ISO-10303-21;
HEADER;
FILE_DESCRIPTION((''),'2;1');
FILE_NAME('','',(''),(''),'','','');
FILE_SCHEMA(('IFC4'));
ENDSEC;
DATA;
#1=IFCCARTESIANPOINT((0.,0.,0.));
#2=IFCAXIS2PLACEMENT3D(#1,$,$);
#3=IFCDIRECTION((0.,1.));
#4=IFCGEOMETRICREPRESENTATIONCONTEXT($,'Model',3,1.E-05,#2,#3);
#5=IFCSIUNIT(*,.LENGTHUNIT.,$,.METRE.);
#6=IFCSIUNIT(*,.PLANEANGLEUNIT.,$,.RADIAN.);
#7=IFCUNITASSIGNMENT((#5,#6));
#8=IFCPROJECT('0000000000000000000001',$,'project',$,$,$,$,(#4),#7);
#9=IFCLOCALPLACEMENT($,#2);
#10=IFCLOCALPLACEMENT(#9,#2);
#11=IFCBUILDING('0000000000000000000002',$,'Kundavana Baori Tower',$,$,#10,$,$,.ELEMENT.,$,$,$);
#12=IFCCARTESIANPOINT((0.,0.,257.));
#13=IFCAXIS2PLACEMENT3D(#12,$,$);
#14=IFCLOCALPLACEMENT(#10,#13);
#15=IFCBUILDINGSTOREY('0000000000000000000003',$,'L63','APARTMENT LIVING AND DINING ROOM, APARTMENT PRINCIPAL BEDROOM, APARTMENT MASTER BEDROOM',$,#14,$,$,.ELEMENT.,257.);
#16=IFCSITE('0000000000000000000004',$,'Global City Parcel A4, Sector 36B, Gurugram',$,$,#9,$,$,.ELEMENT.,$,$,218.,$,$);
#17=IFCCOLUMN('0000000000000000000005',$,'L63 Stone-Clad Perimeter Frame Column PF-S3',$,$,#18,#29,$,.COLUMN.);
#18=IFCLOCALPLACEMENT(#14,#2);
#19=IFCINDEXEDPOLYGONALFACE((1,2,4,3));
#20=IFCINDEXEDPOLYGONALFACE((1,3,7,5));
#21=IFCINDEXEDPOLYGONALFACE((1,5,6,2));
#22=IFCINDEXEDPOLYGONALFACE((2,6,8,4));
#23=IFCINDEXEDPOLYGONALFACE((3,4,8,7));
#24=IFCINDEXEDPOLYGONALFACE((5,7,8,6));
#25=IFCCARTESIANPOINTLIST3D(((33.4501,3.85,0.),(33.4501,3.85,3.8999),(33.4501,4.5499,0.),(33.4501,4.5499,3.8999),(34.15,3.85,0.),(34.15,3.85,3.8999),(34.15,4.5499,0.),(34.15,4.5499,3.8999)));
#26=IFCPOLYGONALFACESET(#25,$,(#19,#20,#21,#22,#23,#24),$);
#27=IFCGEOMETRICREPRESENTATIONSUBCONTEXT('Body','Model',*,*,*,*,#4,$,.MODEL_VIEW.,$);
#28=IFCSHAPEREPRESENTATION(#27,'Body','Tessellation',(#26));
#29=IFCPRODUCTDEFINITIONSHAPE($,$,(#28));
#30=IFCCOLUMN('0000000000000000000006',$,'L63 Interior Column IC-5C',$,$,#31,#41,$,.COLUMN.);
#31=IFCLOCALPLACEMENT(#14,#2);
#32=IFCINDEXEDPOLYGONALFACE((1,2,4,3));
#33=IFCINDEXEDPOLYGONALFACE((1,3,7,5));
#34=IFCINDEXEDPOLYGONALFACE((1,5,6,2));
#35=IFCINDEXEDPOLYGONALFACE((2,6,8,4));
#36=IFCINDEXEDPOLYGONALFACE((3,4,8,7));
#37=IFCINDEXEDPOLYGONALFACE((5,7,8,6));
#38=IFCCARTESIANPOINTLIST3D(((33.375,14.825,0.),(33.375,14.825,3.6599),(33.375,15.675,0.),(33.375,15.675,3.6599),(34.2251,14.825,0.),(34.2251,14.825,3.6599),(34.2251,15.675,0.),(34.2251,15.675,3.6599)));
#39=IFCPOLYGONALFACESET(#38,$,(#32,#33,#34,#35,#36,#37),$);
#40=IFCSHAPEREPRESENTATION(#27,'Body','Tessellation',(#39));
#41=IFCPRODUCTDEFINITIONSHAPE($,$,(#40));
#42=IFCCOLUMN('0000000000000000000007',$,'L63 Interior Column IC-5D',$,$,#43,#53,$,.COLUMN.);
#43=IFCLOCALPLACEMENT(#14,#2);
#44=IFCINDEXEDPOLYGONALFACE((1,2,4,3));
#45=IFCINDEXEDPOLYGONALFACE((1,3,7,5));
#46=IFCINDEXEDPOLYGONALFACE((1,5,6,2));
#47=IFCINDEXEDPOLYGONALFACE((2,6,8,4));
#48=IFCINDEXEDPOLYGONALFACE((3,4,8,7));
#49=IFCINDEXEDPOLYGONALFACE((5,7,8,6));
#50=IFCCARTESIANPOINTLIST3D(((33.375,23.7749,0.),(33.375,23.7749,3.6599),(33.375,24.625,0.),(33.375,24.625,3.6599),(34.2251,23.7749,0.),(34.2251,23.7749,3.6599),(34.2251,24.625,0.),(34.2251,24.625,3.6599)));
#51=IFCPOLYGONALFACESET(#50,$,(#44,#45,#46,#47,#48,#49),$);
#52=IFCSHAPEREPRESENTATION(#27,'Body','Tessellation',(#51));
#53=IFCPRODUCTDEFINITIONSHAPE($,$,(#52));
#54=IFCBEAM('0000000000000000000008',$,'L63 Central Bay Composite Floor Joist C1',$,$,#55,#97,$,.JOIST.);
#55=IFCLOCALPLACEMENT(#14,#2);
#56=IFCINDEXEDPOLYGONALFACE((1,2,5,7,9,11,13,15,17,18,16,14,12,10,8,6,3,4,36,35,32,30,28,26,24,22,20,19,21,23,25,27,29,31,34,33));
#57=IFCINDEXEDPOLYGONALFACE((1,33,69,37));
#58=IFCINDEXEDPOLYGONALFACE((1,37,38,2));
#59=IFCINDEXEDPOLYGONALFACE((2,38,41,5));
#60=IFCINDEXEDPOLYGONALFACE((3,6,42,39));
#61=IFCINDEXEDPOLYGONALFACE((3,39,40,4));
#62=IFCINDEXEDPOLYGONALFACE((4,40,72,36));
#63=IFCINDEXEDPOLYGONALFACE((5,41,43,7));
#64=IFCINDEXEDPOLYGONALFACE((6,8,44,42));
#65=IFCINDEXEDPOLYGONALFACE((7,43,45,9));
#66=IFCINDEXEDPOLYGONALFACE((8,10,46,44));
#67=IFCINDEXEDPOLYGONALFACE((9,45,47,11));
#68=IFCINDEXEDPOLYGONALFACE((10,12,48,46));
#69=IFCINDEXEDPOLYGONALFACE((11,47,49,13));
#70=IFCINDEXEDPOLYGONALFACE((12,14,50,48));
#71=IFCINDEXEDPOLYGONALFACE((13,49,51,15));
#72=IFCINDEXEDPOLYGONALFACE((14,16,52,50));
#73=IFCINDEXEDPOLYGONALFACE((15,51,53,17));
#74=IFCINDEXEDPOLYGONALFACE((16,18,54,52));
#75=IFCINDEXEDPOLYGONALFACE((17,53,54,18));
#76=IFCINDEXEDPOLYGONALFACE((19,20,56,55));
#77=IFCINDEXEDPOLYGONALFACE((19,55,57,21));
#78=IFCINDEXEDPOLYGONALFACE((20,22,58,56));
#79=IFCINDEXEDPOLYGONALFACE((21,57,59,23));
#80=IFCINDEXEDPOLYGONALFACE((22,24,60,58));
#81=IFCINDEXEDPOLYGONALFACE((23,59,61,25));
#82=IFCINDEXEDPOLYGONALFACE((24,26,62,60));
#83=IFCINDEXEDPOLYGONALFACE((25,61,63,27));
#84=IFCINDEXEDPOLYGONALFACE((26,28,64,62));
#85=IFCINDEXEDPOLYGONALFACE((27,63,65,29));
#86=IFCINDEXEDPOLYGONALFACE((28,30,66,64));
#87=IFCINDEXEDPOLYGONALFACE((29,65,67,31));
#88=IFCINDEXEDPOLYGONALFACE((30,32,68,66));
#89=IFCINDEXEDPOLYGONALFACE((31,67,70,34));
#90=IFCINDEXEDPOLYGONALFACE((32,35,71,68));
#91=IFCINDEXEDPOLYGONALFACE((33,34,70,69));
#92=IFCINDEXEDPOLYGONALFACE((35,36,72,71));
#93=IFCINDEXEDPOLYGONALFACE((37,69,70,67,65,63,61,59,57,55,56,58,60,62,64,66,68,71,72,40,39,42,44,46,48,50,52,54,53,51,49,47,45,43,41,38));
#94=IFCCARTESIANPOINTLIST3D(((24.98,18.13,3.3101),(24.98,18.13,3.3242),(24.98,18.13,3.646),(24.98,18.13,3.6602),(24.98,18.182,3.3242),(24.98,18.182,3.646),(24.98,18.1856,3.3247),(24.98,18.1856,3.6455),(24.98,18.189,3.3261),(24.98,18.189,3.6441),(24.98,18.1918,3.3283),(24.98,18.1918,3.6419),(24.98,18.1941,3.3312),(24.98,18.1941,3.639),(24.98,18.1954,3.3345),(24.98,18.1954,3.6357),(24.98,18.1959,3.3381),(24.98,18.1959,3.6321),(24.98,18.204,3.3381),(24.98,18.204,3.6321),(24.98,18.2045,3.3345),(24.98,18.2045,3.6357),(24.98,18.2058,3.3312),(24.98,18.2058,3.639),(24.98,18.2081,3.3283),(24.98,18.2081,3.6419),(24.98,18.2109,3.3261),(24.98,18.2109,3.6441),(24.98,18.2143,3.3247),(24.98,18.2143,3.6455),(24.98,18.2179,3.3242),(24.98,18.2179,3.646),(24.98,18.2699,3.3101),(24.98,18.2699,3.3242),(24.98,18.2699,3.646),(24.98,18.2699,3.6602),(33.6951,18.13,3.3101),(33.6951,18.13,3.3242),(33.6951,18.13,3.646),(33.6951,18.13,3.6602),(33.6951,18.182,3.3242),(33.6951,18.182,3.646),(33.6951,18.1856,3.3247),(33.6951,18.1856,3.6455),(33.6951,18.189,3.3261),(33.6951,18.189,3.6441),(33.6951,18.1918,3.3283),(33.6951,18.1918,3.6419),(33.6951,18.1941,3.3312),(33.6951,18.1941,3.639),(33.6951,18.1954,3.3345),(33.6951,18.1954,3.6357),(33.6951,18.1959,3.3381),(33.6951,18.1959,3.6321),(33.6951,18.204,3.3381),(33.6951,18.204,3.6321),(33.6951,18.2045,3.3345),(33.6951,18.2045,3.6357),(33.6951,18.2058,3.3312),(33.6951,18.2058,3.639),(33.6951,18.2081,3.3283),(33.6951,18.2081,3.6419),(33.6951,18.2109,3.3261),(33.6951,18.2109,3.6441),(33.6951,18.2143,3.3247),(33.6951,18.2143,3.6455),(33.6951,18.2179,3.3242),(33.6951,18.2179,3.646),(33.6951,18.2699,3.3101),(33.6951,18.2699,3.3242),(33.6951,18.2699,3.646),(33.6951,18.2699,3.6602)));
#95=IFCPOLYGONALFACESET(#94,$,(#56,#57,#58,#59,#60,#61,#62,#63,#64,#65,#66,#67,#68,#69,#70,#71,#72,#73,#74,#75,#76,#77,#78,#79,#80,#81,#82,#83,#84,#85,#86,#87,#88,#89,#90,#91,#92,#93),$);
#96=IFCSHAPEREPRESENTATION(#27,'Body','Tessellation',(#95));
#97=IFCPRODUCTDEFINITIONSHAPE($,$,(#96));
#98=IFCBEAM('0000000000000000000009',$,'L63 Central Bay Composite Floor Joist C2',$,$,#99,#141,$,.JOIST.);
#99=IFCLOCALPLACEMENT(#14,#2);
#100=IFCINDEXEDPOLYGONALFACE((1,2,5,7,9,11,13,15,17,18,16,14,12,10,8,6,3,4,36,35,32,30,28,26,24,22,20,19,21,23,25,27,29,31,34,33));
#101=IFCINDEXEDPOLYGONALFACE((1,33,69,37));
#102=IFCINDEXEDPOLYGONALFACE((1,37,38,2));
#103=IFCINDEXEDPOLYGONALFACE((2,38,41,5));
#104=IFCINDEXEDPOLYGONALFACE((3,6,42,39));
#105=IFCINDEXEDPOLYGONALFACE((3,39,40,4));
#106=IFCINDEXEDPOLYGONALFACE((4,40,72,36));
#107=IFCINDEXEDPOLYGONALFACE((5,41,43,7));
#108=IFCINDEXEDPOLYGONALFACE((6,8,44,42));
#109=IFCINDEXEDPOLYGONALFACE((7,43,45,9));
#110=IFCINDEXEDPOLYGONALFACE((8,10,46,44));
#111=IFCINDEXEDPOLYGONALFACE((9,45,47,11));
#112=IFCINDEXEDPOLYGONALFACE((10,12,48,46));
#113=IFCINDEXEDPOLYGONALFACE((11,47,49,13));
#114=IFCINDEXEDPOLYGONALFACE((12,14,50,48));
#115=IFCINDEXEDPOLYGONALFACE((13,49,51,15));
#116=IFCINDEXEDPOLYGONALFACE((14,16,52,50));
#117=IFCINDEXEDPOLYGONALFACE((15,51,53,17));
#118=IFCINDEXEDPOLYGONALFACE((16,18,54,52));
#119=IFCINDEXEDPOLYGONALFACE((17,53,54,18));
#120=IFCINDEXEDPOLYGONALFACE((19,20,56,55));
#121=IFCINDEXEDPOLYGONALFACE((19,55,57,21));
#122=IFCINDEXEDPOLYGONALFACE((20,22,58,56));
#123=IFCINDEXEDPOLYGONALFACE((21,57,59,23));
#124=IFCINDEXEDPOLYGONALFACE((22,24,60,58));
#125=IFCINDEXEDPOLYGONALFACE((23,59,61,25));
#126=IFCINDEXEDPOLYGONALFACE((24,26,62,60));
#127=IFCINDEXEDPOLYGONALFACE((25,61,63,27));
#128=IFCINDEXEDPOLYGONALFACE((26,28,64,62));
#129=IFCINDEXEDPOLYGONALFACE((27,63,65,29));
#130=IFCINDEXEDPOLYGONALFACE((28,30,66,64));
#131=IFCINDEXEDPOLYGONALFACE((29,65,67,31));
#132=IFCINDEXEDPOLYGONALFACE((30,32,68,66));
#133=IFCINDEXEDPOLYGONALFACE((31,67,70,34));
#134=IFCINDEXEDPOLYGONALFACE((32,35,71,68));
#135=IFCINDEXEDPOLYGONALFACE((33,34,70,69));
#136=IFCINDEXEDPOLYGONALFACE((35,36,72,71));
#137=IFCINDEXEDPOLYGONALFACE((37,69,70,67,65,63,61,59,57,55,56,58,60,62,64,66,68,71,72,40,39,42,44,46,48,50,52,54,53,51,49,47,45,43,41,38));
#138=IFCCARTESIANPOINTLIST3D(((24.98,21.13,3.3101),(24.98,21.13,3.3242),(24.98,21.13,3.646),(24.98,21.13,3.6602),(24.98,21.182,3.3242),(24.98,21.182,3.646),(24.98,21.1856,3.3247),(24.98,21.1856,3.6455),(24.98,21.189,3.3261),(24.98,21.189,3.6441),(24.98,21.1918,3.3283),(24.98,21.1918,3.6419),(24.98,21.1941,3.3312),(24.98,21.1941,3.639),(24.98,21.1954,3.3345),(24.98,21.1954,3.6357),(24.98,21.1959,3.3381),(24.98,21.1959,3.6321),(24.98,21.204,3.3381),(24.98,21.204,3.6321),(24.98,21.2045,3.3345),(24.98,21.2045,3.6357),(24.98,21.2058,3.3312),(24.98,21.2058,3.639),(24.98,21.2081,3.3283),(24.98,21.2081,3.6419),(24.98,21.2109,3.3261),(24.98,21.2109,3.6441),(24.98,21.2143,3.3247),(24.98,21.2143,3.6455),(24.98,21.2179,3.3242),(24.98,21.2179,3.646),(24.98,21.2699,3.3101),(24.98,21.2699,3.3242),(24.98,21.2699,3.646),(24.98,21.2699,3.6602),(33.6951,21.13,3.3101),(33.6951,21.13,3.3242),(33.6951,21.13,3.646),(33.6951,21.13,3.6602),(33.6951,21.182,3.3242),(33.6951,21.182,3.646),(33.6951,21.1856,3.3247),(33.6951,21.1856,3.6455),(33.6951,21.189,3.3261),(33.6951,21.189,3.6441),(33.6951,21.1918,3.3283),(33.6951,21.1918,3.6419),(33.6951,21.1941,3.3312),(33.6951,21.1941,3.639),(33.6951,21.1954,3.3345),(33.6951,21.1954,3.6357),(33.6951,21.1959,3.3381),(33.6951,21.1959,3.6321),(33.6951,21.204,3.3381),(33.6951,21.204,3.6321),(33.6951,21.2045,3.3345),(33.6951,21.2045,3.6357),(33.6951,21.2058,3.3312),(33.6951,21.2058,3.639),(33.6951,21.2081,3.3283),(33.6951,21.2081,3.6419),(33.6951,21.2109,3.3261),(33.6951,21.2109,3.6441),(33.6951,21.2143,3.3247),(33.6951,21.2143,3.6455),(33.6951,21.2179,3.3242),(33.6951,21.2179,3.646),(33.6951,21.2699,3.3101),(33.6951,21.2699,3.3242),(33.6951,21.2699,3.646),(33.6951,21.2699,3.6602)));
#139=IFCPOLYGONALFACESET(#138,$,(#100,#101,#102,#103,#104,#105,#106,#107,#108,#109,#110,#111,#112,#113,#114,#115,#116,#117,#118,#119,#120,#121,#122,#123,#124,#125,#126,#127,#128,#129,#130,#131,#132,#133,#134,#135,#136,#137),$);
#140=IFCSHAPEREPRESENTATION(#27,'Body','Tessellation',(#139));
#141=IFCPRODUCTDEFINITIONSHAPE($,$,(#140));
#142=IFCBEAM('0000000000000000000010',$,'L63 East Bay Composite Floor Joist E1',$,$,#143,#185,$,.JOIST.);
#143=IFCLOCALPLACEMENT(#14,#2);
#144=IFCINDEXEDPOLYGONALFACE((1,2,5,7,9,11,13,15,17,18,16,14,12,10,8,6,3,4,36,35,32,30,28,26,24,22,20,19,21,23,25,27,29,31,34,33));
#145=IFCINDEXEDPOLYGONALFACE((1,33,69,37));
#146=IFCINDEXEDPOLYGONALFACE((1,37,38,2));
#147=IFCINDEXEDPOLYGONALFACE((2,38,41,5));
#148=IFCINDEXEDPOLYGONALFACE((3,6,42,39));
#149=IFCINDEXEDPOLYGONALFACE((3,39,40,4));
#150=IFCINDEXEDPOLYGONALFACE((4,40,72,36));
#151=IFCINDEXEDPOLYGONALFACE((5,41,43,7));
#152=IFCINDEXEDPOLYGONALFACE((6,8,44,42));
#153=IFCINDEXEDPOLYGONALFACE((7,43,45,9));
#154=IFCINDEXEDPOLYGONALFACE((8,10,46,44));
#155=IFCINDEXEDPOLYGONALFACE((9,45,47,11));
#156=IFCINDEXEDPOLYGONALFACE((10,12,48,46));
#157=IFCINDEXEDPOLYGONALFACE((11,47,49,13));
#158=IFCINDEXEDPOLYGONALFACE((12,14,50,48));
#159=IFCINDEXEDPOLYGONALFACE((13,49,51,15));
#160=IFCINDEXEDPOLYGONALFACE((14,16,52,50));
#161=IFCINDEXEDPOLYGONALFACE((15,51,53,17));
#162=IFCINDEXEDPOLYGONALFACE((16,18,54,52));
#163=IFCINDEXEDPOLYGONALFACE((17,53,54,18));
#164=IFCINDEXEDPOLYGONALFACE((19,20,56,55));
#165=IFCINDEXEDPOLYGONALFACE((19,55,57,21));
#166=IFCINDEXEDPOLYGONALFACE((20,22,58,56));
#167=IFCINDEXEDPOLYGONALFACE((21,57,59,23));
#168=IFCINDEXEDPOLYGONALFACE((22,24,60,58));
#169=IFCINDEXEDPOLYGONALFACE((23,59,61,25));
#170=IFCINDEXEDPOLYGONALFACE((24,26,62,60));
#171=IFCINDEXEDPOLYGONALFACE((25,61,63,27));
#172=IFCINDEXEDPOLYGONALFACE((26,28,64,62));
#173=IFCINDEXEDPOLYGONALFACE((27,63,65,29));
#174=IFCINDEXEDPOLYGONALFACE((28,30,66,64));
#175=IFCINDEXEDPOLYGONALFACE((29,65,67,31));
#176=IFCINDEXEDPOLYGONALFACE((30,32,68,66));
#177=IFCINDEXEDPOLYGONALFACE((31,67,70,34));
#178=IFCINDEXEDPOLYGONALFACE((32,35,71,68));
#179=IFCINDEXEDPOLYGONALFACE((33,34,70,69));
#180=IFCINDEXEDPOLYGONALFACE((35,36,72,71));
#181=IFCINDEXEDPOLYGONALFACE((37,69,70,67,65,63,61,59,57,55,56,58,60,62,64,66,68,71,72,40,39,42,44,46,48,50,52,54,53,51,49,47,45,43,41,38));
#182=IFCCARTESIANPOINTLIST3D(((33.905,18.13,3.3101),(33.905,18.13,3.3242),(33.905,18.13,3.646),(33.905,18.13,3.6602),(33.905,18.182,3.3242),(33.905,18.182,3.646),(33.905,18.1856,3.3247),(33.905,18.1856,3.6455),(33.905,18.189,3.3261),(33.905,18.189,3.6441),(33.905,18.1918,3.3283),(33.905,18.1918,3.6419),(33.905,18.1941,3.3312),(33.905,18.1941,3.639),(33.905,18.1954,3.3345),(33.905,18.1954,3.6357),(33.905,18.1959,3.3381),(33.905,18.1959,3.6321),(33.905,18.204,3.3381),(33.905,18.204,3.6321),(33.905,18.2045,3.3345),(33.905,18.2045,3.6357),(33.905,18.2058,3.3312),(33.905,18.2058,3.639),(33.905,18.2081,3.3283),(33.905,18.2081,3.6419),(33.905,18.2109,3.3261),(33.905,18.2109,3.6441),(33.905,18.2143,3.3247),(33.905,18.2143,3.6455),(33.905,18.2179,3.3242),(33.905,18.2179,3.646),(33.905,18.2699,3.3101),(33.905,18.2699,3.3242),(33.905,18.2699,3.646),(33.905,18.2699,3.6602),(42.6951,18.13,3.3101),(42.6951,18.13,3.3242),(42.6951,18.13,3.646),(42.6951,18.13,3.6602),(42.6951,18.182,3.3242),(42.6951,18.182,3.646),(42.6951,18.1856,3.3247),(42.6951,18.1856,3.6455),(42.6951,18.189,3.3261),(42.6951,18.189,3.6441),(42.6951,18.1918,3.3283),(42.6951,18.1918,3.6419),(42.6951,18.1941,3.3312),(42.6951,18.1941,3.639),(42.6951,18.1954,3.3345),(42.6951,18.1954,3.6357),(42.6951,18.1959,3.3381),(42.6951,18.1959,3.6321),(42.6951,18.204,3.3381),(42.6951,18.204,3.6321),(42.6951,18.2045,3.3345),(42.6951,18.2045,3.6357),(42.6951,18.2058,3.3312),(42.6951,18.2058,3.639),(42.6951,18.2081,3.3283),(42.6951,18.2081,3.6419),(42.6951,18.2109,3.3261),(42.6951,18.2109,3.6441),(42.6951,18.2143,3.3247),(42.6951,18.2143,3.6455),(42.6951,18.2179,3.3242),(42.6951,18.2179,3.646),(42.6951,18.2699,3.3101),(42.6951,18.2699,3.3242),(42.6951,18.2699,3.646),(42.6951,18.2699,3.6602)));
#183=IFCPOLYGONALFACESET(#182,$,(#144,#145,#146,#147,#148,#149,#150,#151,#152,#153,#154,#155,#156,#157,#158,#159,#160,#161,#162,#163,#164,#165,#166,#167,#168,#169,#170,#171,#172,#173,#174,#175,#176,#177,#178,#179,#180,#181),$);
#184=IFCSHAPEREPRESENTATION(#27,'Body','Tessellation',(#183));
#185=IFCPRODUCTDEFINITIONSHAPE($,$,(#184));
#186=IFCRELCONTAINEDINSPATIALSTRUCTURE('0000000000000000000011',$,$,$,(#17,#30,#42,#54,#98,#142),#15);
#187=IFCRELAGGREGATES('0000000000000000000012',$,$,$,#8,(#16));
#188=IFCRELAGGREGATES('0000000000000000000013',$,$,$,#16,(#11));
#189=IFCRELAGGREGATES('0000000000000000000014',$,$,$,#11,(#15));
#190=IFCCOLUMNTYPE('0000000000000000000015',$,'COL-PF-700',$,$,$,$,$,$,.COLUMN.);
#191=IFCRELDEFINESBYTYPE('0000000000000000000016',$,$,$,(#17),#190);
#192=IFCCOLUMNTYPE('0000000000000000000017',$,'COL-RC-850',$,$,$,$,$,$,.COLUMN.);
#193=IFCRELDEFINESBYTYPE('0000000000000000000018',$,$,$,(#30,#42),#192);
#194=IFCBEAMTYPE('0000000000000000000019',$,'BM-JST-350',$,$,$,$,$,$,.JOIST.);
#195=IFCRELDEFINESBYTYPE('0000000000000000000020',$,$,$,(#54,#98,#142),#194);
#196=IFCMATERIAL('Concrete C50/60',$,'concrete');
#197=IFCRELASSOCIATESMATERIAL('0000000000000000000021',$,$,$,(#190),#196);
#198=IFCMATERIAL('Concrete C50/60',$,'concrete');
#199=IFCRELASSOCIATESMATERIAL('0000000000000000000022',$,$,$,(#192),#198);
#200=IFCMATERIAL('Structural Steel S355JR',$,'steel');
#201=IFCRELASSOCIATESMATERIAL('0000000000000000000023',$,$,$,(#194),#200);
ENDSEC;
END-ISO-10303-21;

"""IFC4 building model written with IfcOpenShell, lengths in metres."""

from ifc_helpers import new_model, si_unit, direction, frame, origin, origin_2d, place, context, subcontext, project, spatial, rectangle, i_section, extrude, material, material_profile, profile_set, type_object, element, save


model = new_model("IFC4")

# Units and contexts
model_context = context("Model", 3, precision=1e-05, world=origin(), true_north=direction((0.0, 1.0)))
body_context = subcontext(model_context, "Body", "Model", "MODEL_VIEW")
ifc_project = project(units=[si_unit("LENGTHUNIT", "METRE"), si_unit("PLANEANGLEUNIT", "RADIAN")], contexts=[model_context])

# Site, building, storey
site_placement = place(None, origin())
site = spatial("IfcSite", under=ifc_project, at=site_placement, Name="Global City Parcel A4, Sector 36B, Gurugram", CompositionType="ELEMENT", RefElevation=218.0)
building_placement = place(site_placement, origin())
building = spatial("IfcBuilding", under=site, at=building_placement, Name="Kundavana Baori Tower", CompositionType="ELEMENT")
storey_placement = place(building_placement, frame((0.0, 0.0, 257.0)))
storey = spatial("IfcBuildingStorey", under=building, at=storey_placement, Name="L63", Description="APARTMENT LIVING AND DINING ROOM, APARTMENT PRINCIPAL BEDROOM, APARTMENT MASTER BEDROOM", CompositionType="ELEMENT", Elevation=257.0)

# Columns
ifc_material_1 = material(Name="Concrete C50/60", Category="concrete")
ifc_material_profile_1 = material_profile(ifc_material_1, rectangle(XDim=0.7, YDim=0.7, at=origin_2d()), Name="RC PF 700x700")
ifc_profile_set_1 = profile_set([ifc_material_profile_1], Name="Concrete C50/60")
column_type_1 = type_object("IfcColumnType", Name="COL-PF-700", PredefinedType="COLUMN", material=ifc_profile_set_1)
column_placement = place(storey_placement, frame((33.8, 4.2, 0.0), z_axis=(0.0, 0.0, 1.0), x_axis=(1.0, 0.0, 0.0)))
element("IfcColumn", 1, at=column_placement, inside=storey, type_object=column_type_1, Name="L63 Stone-Clad Perimeter Frame Column PF-S3", PredefinedType="COLUMN", context=body_context, shape_type="SweptSolid", body=[
    extrude(rectangle(XDim=0.7, YDim=0.7, at=origin_2d()), origin(), (0.0, 0.0, 1.0), 3.8999),
])
ifc_material_2 = material(Name="Concrete C50/60", Category="concrete")
ifc_material_profile_2 = material_profile(ifc_material_2, rectangle(XDim=0.8501, YDim=0.8501, at=origin_2d()), Name="RC 850x850")
ifc_profile_set_2 = profile_set([ifc_material_profile_2], Name="Concrete C50/60")
column_type_2 = type_object("IfcColumnType", Name="COL-RC-850", PredefinedType="COLUMN", material=ifc_profile_set_2)
for number, where, z_axis, x_axis, name in (
    (2, (33.8, 15.25, 0.0), (0.0, 0.0, 1.0), (1.0, 0.0, 0.0), "L63 Interior Column IC-5C"),
    (3, (33.8, 24.2, 0.0), (0.0, 0.0, 1.0), (1.0, 0.0, 0.0), "L63 Interior Column IC-5D"),
):
    element("IfcColumn", number, at=place(storey_placement, frame(where, z_axis=z_axis, x_axis=x_axis)), inside=storey, type_object=column_type_2, Name=name, PredefinedType="COLUMN", context=body_context, shape_type="SweptSolid", body=[
        extrude(rectangle(XDim=0.8501, YDim=0.8501, at=origin_2d()), origin(), (0.0, 0.0, 1.0), 3.6599),
    ])

# Beams
ifc_material_3 = material(Name="Structural Steel S355JR", Category="steel")
ifc_material_profile_3 = material_profile(ifc_material_3, i_section(OverallWidth=0.1399, OverallDepth=0.3501, WebThickness=0.0081, FlangeThickness=0.0142, FilletRadius=0.0139, at=origin_2d()), Name="ISMB 350")
ifc_profile_set_3 = profile_set([ifc_material_profile_3], Name="Structural Steel S355JR")
beam_type_1 = type_object("IfcBeamType", Name="BM-JST-350", PredefinedType="JOIST", material=ifc_profile_set_3)
for number, where, z_axis, x_axis, name in (
    (4, (24.98, 18.2, 3.4851), (1.0, 0.0, 0.0), (0.0, 1.0, 0.0), "L63 Central Bay Composite Floor Joist C1"),
    (5, (24.98, 21.2, 3.4851), (1.0, 0.0, 0.0), (0.0, 1.0, 0.0), "L63 Central Bay Composite Floor Joist C2"),
):
    element("IfcBeam", number, at=place(storey_placement, frame(where, z_axis=z_axis, x_axis=x_axis)), inside=storey, type_object=beam_type_1, Name=name, PredefinedType="JOIST", context=body_context, shape_type="SweptSolid", body=[
        extrude(i_section(OverallWidth=0.1399, OverallDepth=0.3501, WebThickness=0.0081, FlangeThickness=0.0142, FilletRadius=0.0139, at=origin_2d()), origin(), (0.0, 0.0, 1.0), 8.7151),
    ])
for number, where, z_axis, x_axis, name in (
    (6, (33.905, 18.2, 3.4851), (1.0, 0.0, 0.0), (0.0, 1.0, 0.0), "L63 East Bay Composite Floor Joist E1"),
):
    element("IfcBeam", number, at=place(storey_placement, frame(where, z_axis=z_axis, x_axis=x_axis)), inside=storey, type_object=beam_type_1, Name=name, PredefinedType="JOIST", context=body_context, shape_type="SweptSolid", body=[
        extrude(i_section(OverallWidth=0.1399, OverallDepth=0.3501, WebThickness=0.0081, FlangeThickness=0.0142, FilletRadius=0.0139, at=origin_2d()), origin(), (0.0, 0.0, 1.0), 8.79),
    ])

save(model, "model.ifc")
